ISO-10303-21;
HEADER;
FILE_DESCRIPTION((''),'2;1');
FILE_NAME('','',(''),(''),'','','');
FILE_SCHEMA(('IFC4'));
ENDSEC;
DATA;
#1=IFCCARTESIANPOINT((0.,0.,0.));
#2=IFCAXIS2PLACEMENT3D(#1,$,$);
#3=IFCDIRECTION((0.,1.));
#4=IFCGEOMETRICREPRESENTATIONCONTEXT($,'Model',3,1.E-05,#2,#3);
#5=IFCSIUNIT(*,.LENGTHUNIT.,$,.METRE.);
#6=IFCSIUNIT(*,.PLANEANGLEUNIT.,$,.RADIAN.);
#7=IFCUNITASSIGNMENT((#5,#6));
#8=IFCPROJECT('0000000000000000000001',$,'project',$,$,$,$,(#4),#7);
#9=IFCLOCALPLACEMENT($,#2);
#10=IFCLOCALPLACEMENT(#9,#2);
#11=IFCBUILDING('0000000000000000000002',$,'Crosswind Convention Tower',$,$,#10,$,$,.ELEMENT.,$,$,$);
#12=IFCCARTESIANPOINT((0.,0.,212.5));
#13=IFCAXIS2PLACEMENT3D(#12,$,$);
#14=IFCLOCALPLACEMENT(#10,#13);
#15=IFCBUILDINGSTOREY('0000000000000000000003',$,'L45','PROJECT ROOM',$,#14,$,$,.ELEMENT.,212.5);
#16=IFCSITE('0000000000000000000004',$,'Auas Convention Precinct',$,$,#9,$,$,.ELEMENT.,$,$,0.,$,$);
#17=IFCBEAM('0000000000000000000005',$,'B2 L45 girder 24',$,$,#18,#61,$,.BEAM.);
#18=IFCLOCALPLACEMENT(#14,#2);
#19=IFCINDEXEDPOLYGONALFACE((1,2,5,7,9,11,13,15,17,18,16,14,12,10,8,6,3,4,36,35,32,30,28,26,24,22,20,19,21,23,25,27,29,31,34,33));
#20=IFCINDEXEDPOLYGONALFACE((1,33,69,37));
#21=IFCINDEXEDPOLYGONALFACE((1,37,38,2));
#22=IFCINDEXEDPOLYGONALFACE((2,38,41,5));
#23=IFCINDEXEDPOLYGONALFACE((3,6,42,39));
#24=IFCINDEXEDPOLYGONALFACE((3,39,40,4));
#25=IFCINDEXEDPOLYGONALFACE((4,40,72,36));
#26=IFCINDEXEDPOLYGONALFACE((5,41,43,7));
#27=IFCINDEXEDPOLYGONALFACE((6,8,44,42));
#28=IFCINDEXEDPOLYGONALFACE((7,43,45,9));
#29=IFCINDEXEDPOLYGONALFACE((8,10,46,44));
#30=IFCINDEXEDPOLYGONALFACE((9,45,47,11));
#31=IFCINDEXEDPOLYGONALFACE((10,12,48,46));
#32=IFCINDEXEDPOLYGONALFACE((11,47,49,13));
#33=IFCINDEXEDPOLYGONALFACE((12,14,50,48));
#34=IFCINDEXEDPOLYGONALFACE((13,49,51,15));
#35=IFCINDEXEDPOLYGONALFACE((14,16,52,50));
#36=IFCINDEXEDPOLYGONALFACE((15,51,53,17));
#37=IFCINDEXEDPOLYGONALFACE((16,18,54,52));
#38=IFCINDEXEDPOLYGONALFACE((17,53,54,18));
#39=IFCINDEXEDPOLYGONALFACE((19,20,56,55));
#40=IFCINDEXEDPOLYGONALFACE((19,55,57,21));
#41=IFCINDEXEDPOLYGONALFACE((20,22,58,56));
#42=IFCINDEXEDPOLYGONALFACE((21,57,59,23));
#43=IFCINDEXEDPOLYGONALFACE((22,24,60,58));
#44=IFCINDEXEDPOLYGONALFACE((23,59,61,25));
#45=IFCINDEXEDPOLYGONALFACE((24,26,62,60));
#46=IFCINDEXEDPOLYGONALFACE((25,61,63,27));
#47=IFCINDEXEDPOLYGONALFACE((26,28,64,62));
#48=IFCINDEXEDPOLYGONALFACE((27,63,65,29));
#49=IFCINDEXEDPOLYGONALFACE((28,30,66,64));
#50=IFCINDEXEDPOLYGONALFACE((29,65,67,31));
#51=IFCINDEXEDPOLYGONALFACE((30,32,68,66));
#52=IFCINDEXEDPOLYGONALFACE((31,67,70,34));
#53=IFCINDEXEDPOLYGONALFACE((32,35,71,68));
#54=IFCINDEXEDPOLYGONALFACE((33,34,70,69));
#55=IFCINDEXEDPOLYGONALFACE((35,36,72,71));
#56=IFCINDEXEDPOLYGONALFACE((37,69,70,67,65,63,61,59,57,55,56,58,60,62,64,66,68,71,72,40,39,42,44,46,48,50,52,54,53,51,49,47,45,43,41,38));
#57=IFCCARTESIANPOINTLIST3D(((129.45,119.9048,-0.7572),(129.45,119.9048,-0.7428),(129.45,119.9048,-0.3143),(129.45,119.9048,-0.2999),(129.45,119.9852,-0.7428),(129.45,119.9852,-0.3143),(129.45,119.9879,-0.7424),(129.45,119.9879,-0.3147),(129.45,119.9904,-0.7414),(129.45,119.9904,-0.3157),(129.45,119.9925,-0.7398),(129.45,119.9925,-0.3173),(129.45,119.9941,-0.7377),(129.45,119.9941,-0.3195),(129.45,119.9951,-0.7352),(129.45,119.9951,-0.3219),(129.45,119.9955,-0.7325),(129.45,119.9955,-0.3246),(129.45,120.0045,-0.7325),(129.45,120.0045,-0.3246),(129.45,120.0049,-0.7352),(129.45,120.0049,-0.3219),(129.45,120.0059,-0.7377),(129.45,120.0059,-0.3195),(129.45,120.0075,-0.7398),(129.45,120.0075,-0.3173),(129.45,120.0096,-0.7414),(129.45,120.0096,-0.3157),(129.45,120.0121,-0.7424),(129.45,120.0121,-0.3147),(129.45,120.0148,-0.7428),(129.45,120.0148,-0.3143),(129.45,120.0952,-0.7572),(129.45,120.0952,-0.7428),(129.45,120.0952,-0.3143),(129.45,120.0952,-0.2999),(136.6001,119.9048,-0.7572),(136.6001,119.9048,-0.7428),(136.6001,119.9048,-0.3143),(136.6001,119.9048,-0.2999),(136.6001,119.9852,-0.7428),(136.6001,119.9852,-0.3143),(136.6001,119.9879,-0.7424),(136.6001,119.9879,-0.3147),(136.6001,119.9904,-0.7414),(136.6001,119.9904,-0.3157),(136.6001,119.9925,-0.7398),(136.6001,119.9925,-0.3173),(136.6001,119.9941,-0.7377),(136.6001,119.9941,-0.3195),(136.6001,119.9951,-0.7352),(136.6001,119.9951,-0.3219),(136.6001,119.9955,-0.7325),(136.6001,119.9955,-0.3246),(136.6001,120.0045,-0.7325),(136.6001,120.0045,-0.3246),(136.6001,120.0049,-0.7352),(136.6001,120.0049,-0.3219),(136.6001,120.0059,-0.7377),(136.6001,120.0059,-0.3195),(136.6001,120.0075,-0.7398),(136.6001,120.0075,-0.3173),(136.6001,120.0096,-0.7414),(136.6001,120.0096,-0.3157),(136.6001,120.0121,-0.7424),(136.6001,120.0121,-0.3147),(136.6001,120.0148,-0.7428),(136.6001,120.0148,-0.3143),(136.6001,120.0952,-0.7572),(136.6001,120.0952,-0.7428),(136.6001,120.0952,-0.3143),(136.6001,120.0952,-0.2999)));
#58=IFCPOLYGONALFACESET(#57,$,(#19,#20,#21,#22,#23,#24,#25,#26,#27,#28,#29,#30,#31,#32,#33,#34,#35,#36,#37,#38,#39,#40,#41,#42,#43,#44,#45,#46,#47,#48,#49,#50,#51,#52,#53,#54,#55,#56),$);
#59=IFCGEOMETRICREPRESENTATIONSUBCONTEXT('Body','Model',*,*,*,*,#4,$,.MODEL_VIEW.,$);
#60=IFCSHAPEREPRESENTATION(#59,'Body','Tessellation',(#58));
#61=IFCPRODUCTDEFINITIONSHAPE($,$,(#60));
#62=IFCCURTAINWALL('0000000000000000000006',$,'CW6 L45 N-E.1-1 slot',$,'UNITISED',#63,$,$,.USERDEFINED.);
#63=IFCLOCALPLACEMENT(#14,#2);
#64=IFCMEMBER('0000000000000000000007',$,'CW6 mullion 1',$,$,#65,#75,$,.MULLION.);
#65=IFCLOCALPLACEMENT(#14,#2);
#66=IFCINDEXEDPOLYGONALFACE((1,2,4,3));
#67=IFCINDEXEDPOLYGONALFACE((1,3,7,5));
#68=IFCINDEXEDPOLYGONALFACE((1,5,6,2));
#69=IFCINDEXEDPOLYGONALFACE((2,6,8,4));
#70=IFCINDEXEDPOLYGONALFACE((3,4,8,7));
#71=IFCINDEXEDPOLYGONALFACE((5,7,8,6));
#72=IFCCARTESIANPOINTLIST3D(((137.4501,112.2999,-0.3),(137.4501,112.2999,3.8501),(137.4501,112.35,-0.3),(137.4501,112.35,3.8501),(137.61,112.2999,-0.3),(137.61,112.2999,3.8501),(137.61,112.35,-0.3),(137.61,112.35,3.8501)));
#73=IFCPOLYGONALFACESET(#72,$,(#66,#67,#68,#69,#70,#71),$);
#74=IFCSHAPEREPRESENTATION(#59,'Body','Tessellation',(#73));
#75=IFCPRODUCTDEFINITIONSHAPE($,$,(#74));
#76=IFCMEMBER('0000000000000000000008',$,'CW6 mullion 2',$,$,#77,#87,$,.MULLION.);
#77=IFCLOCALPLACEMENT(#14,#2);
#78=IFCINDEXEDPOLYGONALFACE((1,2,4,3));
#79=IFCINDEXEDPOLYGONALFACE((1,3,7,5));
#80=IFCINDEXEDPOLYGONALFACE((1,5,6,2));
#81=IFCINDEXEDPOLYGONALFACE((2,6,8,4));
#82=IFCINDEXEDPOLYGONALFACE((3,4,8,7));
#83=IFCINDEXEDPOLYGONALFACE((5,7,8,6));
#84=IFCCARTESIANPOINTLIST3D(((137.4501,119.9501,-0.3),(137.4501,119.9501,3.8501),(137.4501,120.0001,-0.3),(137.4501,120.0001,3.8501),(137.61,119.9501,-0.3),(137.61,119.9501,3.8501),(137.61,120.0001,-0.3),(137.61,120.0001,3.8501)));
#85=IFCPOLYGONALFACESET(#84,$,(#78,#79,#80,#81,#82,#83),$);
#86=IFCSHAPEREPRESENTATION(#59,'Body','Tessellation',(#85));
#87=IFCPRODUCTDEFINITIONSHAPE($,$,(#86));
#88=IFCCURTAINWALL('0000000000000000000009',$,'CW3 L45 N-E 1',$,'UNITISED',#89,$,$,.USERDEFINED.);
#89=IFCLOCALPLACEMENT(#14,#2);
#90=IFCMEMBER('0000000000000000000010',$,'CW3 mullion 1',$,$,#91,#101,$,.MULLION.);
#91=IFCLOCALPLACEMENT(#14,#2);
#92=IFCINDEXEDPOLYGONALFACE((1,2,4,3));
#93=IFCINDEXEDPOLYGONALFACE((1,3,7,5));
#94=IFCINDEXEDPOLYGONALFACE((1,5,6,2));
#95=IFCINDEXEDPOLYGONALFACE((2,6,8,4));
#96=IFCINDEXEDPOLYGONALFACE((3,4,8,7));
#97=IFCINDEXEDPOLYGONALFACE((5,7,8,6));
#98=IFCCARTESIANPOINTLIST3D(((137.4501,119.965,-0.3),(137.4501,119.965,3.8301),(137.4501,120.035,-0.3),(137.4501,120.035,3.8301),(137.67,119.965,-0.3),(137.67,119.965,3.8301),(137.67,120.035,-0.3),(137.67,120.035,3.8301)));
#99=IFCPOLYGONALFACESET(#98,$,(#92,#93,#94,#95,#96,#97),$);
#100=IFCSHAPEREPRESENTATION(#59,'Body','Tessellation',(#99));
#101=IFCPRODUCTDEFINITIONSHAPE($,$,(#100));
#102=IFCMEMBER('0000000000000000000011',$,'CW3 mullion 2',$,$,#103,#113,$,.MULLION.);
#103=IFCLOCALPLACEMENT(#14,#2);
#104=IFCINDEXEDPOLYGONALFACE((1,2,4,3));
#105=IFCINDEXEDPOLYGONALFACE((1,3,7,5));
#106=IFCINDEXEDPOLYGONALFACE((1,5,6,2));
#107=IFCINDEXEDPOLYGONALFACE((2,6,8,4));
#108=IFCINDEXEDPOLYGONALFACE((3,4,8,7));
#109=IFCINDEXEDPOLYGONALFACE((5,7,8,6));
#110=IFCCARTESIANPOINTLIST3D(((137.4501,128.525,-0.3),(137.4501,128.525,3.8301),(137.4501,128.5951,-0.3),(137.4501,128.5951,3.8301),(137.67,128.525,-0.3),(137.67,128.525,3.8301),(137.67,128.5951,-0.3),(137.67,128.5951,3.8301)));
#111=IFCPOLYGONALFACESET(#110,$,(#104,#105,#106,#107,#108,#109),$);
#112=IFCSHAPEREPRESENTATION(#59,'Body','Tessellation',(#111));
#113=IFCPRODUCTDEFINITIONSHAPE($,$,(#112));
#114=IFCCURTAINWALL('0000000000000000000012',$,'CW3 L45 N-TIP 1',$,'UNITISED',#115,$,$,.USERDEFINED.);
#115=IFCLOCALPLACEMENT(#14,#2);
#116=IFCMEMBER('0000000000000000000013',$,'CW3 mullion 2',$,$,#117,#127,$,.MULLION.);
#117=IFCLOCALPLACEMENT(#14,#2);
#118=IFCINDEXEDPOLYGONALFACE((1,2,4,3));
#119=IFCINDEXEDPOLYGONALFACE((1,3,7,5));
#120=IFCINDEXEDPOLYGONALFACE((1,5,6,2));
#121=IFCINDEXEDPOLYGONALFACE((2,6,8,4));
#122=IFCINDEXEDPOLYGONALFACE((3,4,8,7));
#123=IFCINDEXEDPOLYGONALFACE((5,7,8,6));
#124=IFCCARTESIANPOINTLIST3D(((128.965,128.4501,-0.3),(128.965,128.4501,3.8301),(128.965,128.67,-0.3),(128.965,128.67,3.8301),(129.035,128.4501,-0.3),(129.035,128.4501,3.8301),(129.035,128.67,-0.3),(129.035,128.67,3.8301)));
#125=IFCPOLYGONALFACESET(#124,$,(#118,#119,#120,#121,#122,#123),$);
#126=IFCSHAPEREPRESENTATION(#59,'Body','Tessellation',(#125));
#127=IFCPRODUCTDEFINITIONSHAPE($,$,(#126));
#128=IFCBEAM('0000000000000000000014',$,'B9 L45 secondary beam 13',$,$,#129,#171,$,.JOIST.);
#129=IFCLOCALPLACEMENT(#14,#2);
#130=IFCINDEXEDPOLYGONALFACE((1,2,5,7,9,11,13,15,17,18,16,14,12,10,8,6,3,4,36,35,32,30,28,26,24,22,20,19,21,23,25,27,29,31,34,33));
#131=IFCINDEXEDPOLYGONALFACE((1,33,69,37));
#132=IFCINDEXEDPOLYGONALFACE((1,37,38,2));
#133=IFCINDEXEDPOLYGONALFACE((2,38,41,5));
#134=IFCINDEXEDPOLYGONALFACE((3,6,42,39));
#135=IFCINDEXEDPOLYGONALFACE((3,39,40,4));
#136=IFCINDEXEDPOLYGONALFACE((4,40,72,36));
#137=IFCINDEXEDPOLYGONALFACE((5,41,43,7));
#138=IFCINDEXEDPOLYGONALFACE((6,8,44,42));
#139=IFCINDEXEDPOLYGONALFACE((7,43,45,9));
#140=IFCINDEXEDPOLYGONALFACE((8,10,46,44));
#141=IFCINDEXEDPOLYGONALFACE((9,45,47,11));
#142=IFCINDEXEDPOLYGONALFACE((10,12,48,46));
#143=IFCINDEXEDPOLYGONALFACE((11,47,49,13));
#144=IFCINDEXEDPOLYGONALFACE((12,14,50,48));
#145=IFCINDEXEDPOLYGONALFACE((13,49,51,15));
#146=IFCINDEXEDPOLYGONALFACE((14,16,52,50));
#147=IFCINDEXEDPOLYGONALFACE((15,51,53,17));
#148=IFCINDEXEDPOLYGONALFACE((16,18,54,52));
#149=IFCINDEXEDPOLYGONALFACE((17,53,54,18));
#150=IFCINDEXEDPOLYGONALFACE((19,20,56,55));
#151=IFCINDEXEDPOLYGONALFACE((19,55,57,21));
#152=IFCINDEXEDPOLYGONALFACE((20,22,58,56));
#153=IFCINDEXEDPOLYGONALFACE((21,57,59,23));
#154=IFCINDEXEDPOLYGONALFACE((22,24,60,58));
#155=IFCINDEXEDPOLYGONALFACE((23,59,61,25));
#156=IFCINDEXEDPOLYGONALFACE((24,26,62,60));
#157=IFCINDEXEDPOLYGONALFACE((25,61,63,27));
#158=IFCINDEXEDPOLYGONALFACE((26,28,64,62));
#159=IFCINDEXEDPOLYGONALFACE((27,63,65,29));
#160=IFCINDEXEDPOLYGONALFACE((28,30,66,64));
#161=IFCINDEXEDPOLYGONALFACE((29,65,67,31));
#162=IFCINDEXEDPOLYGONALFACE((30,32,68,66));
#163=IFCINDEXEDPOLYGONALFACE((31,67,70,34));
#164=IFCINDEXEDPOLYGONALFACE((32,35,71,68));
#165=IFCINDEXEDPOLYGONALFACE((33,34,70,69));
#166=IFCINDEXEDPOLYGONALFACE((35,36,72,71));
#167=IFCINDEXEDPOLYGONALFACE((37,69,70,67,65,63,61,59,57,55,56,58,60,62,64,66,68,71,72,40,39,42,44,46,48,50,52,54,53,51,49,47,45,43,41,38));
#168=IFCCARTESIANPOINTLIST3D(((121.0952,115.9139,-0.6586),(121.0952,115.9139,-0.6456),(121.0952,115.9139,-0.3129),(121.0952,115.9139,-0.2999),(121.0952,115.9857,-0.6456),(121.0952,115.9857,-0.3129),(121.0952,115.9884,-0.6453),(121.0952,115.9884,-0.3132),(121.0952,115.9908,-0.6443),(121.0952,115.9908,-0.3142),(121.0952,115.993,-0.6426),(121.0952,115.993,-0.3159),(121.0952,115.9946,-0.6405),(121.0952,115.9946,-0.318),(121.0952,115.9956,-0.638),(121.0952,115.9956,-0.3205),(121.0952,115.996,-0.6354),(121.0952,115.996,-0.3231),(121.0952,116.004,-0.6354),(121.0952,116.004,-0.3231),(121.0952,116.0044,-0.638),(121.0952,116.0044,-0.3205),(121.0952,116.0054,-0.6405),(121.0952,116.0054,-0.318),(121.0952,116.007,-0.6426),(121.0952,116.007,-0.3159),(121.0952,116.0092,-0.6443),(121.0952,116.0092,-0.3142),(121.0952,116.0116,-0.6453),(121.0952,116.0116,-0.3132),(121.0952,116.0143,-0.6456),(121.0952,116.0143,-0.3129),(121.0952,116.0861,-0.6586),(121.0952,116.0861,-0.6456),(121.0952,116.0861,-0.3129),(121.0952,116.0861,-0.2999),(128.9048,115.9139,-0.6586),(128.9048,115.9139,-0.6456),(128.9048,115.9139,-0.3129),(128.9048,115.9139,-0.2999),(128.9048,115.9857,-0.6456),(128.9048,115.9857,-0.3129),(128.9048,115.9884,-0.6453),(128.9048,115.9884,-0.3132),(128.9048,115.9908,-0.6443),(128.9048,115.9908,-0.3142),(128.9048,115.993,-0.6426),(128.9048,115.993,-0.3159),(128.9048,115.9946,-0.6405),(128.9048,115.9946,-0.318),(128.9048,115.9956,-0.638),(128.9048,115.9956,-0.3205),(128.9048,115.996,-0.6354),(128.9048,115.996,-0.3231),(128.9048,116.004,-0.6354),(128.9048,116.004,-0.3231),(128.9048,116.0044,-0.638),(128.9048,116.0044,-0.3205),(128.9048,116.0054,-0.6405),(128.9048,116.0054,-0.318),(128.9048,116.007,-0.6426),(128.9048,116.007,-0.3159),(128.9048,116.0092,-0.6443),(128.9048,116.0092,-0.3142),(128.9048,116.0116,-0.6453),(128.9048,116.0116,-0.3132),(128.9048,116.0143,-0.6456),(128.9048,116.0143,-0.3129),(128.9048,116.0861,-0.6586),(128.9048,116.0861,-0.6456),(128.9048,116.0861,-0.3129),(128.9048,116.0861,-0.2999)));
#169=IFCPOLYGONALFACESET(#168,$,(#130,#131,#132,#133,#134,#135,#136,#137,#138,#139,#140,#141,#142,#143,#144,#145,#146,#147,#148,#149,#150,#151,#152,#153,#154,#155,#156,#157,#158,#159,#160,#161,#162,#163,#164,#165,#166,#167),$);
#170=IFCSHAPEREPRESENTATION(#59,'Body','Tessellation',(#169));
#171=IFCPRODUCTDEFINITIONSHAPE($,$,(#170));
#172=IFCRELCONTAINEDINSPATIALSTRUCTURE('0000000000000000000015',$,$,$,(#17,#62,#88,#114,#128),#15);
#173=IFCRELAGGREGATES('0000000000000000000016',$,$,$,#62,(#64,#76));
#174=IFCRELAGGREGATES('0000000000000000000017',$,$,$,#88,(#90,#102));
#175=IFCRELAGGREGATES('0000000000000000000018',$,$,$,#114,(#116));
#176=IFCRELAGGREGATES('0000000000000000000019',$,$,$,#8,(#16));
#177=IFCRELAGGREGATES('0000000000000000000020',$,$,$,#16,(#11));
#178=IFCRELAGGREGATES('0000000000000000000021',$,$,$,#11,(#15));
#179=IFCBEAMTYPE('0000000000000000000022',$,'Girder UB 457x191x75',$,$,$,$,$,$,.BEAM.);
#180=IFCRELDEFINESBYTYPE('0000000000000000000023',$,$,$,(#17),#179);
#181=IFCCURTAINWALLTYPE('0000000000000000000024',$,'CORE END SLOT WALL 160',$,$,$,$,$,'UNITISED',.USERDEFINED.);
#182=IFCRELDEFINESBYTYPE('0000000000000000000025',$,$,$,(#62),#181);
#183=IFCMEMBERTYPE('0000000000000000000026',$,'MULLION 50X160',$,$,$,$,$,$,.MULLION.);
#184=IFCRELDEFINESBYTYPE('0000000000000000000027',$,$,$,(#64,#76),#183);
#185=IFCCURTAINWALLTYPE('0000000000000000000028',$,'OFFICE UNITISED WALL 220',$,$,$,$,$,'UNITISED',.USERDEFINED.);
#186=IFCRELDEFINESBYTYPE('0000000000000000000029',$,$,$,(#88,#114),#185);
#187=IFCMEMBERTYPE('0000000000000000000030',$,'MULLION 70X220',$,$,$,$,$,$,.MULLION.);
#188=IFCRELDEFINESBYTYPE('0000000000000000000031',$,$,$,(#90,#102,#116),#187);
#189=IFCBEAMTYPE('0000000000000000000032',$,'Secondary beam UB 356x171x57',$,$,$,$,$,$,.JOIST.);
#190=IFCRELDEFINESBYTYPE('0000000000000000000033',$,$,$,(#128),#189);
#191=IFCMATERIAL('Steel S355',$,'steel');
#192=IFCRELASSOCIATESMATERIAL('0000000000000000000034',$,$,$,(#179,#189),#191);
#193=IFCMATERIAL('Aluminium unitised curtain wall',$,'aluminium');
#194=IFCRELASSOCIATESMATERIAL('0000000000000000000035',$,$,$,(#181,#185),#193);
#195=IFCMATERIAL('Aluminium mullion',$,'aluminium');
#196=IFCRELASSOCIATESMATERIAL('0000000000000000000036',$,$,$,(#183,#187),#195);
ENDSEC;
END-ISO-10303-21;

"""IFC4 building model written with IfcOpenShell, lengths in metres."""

from ifc_helpers import new_model, si_unit, direction, frame, origin, origin_2d, place, context, subcontext, project, spatial, rectangle, i_section, extrude, material, material_profile, profile_set, type_object, element, aggregate, save


model = new_model("IFC4")

# Units and contexts
model_context = context("Model", 3, precision=1e-05, world=origin(), true_north=direction((0.0, 1.0)))
body_context = subcontext(model_context, "Body", "Model", "MODEL_VIEW")
ifc_project = project(units=[si_unit("LENGTHUNIT", "METRE"), si_unit("PLANEANGLEUNIT", "RADIAN")], contexts=[model_context])

# Site, building, storey
site_placement = place(None, origin())
site = spatial("IfcSite", under=ifc_project, at=site_placement, Name="Auas Convention Precinct", CompositionType="ELEMENT", RefElevation=0.0)
building_placement = place(site_placement, origin())
building = spatial("IfcBuilding", under=site, at=building_placement, Name="Crosswind Convention Tower", CompositionType="ELEMENT")
storey_placement = place(building_placement, frame((0.0, 0.0, 212.5)))
storey = spatial("IfcBuildingStorey", under=building, at=storey_placement, Name="L45", Description="PROJECT ROOM", CompositionType="ELEMENT", Elevation=212.5)

# Beam
ifc_material_1 = material(Name="Steel S355", Category="steel")
ifc_material_profile_1 = material_profile(ifc_material_1, i_section(OverallWidth=0.1904, OverallDepth=0.4573, WebThickness=0.009, FlangeThickness=0.0144, FilletRadius=0.0103, at=origin_2d()), Name="UB 457x191x75")
ifc_profile_set_1 = profile_set([ifc_material_profile_1], Name="Steel S355")
beam_type_1 = type_object("IfcBeamType", Name="Girder UB 457x191x75", PredefinedType="BEAM", material=ifc_profile_set_1)
for number, where, z_axis, x_axis, name in (
    (1, (129.45, 120.0, -0.5286), (1.0, 0.0, 0.0), (0.0, 1.0, 0.0), "B2 L45 girder 24"),
):
    element("IfcBeam", number, at=place(storey_placement, frame(where, z_axis=z_axis, x_axis=x_axis)), inside=storey, type_object=beam_type_1, Name=name, PredefinedType="BEAM", context=body_context, shape_type="SweptSolid", body=[
        extrude(i_section(OverallWidth=0.1904, OverallDepth=0.4573, WebThickness=0.009, FlangeThickness=0.0144, FilletRadius=0.0103, at=origin_2d()), origin(), (0.0, 0.0, 1.0), 7.1501),
    ])

# Curtain walls, members
ifc_material_2 = material(Name="Aluminium unitised curtain wall", Category="aluminium")
curtain_wall_type_1 = type_object("IfcCurtainWallType", Name="CORE END SLOT WALL 160", ElementType="UNITISED", PredefinedType="USERDEFINED", material=ifc_material_2)
curtain_wall_1_placement = place(storey_placement, origin())
curtain_wall_1 = element("IfcCurtainWall", 2, at=curtain_wall_1_placement, inside=storey, type_object=curtain_wall_type_1, Name="CW6 L45 N-E.1-1 slot", ObjectType="UNITISED", PredefinedType="USERDEFINED")
ifc_material_3 = material(Name="Aluminium mullion", Category="aluminium")
ifc_material_profile_2 = material_profile(ifc_material_3, rectangle(XDim=0.1599, YDim=0.05, at=origin_2d()), Name="AL 160X50")
ifc_profile_set_2 = profile_set([ifc_material_profile_2], Name="Aluminium mullion")
member_type_1 = type_object("IfcMemberType", Name="MULLION 50X160", PredefinedType="MULLION", material=ifc_profile_set_2)
member_1_placement = place(storey_placement, frame((137.53, 112.325, -0.3), z_axis=(0.0, 0.0, 1.0), x_axis=(1.0, 0.0, 0.0)))
member_1 = element("IfcMember", 3, at=member_1_placement, type_object=member_type_1, Name="CW6 mullion 1", PredefinedType="MULLION", context=body_context, shape_type="SweptSolid", body=[
    extrude(rectangle(XDim=0.1599, YDim=0.05, at=origin_2d()), origin(), (0.0, 0.0, 1.0), 4.1501),
])
member_2_placement = place(storey_placement, frame((137.53, 119.9751, -0.3), z_axis=(0.0, 0.0, 1.0), x_axis=(1.0, 0.0, 0.0)))
member_2 = element("IfcMember", 4, at=member_2_placement, type_object=member_type_1, Name="CW6 mullion 2", PredefinedType="MULLION", context=body_context, shape_type="SweptSolid", body=[
    extrude(rectangle(XDim=0.1599, YDim=0.05, at=origin_2d()), origin(), (0.0, 0.0, 1.0), 4.1501),
])
curtain_wall_type_2 = type_object("IfcCurtainWallType", Name="OFFICE UNITISED WALL 220", ElementType="UNITISED", PredefinedType="USERDEFINED", material=ifc_material_2)
curtain_wall_2_placement = place(storey_placement, origin())
curtain_wall_2 = element("IfcCurtainWall", 5, at=curtain_wall_2_placement, inside=storey, type_object=curtain_wall_type_2, Name="CW3 L45 N-E 1", ObjectType="UNITISED", PredefinedType="USERDEFINED")
ifc_material_profile_3 = material_profile(ifc_material_3, rectangle(XDim=0.22, YDim=0.0701, at=origin_2d()), Name="AL 220X70")
ifc_profile_set_3 = profile_set([ifc_material_profile_3], Name="Aluminium mullion")
member_type_2 = type_object("IfcMemberType", Name="MULLION 70X220", PredefinedType="MULLION", material=ifc_profile_set_3)
member_3_placement = place(storey_placement, frame((137.5601, 120.0, -0.3), z_axis=(0.0, 0.0, 1.0), x_axis=(1.0, 0.0, 0.0)))
member_3 = element("IfcMember", 6, at=member_3_placement, type_object=member_type_2, Name="CW3 mullion 1", PredefinedType="MULLION", context=body_context, shape_type="SweptSolid", body=[
    extrude(rectangle(XDim=0.22, YDim=0.0701, at=origin_2d()), origin(), (0.0, 0.0, 1.0), 4.1301),
])
member_4_placement = place(storey_placement, frame((137.5601, 128.5601, -0.3), z_axis=(0.0, 0.0, 1.0), x_axis=(1.0, 0.0, 0.0)))
member_4 = element("IfcMember", 7, at=member_4_placement, type_object=member_type_2, Name="CW3 mullion 2", PredefinedType="MULLION", context=body_context, shape_type="SweptSolid", body=[
    extrude(rectangle(XDim=0.22, YDim=0.0701, at=origin_2d()), origin(), (0.0, 0.0, 1.0), 4.1301),
])

# Curtain wall, member
curtain_wall_3_placement = place(storey_placement, origin())
curtain_wall_3 = element("IfcCurtainWall", 8, at=curtain_wall_3_placement, inside=storey, type_object=curtain_wall_type_2, Name="CW3 L45 N-TIP 1", ObjectType="UNITISED", PredefinedType="USERDEFINED")
member_5_placement = place(storey_placement, frame((129.0, 128.5601, -0.3), z_axis=(0.0, 0.0, 1.0), x_axis=(0.0, 1.0, 0.0)))
member_5 = element("IfcMember", 9, at=member_5_placement, type_object=member_type_2, Name="CW3 mullion 2", PredefinedType="MULLION", context=body_context, shape_type="SweptSolid", body=[
    extrude(rectangle(XDim=0.22, YDim=0.0701, at=origin_2d()), origin(), (0.0, 0.0, 1.0), 4.1301),
])

# Beam
ifc_material_profile_4 = material_profile(ifc_material_1, i_section(OverallWidth=0.1721, OverallDepth=0.3586, WebThickness=0.0081, FlangeThickness=0.0129, FilletRadius=0.0103, at=origin_2d()), Name="UB 356x171x57")
ifc_profile_set_4 = profile_set([ifc_material_profile_4], Name="Steel S355")
beam_type_2 = type_object("IfcBeamType", Name="Secondary beam UB 356x171x57", PredefinedType="JOIST", material=ifc_profile_set_4)
for number, where, z_axis, x_axis, name in (
    (10, (121.0952, 116.0, -0.4792), (1.0, 0.0, 0.0), (0.0, 1.0, 0.0), "B9 L45 secondary beam 13"),
):
    element("IfcBeam", number, at=place(storey_placement, frame(where, z_axis=z_axis, x_axis=x_axis)), inside=storey, type_object=beam_type_2, Name=name, PredefinedType="JOIST", context=body_context, shape_type="SweptSolid", body=[
        extrude(i_section(OverallWidth=0.1721, OverallDepth=0.3586, WebThickness=0.0081, FlangeThickness=0.0129, FilletRadius=0.0103, at=origin_2d()), origin(), (0.0, 0.0, 1.0), 7.8096),
    ])

aggregate(curtain_wall_1, [member_1, member_2])

aggregate(curtain_wall_2, [member_3, member_4])
aggregate(curtain_wall_3, [member_5])

save(model, "model.ifc")
